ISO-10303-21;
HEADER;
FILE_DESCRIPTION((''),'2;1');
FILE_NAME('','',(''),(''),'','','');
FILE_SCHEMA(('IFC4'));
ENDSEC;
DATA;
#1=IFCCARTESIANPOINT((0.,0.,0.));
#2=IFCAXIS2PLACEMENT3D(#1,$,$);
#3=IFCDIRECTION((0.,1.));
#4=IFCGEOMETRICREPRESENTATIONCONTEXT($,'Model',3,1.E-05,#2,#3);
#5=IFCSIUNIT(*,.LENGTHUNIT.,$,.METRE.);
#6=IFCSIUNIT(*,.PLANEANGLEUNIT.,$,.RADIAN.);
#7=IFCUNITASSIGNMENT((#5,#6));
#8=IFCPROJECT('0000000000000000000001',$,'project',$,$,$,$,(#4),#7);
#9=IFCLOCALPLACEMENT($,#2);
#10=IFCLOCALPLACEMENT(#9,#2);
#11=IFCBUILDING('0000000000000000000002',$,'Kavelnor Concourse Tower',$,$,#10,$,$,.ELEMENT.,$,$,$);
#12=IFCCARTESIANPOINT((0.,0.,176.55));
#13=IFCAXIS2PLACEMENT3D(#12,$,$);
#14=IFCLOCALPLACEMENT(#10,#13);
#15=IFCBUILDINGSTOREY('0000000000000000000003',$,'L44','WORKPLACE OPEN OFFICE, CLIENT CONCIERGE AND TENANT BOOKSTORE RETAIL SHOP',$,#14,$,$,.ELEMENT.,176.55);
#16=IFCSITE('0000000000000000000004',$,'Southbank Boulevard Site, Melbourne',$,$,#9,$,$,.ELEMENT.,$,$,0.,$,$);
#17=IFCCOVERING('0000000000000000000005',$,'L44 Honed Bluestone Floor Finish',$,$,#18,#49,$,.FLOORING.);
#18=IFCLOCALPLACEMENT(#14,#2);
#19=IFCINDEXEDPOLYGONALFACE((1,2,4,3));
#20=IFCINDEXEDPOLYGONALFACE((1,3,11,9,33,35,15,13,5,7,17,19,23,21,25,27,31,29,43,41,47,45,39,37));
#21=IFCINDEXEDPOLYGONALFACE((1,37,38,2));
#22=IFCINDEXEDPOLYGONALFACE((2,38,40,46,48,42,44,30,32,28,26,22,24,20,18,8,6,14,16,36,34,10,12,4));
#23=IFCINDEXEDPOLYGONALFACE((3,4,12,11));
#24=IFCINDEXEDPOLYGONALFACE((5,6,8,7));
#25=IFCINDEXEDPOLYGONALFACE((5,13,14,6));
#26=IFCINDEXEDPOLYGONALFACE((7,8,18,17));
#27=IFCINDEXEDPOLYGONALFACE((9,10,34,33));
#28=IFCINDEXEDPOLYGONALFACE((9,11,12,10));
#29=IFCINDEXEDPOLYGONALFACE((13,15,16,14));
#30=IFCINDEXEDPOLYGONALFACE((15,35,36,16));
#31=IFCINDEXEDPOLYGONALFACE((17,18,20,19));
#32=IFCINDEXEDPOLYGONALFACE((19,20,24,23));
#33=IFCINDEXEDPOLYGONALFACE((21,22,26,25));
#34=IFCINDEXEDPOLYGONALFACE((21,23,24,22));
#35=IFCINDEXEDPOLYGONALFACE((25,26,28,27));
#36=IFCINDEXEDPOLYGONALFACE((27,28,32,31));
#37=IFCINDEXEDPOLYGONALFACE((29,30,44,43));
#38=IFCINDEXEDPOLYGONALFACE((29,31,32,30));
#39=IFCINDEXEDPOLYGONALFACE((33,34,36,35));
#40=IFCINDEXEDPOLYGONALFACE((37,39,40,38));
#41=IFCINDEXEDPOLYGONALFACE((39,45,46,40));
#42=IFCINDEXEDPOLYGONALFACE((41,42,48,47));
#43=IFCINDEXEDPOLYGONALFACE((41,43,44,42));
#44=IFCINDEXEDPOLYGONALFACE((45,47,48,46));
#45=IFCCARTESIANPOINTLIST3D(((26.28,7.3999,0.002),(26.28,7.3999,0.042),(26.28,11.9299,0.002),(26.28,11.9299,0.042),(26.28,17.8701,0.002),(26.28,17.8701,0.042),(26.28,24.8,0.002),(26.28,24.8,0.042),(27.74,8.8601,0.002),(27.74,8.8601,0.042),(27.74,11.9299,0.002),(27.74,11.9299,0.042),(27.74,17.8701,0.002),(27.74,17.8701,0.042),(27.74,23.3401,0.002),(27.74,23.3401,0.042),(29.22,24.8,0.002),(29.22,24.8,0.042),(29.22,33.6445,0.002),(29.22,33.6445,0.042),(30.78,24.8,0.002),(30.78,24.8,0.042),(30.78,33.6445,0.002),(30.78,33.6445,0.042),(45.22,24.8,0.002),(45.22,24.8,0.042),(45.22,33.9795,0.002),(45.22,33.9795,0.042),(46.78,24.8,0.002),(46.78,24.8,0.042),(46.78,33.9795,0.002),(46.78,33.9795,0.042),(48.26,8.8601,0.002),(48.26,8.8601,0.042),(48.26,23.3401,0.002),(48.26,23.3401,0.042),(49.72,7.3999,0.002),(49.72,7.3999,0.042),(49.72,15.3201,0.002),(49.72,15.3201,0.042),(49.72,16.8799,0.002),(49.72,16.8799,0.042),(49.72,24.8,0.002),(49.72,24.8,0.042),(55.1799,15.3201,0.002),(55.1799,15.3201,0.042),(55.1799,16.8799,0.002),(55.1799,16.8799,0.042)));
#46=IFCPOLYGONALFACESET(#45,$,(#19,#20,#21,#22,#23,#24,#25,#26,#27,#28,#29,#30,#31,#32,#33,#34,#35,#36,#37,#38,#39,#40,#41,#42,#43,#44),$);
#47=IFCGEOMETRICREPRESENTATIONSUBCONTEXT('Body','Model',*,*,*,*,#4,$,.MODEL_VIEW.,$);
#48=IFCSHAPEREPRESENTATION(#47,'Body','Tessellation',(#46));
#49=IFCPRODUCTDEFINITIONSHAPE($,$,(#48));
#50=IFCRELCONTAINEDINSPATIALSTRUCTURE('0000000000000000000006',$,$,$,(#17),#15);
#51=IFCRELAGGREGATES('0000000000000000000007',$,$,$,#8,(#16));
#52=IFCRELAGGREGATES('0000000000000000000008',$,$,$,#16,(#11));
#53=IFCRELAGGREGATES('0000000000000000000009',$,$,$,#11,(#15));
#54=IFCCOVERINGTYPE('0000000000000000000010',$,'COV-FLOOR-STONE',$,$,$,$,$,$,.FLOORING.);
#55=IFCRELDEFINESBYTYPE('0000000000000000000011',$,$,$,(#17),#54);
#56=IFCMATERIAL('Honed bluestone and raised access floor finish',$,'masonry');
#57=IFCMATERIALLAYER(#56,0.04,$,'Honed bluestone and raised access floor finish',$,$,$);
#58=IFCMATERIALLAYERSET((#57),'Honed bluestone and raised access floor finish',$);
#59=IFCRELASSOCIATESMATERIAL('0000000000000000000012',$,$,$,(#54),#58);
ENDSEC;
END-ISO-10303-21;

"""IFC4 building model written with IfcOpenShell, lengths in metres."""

from ifc_helpers import new_model, si_unit, direction, frame, origin, place, context, subcontext, project, spatial, polyline, outline, extrude, material, layer, layer_set, type_object, element, save


model = new_model("IFC4")

# Units and contexts
model_context = context("Model", 3, precision=1e-05, world=origin(), true_north=direction((0.0, 1.0)))
body_context = subcontext(model_context, "Body", "Model", "MODEL_VIEW")
ifc_project = project(units=[si_unit("LENGTHUNIT", "METRE"), si_unit("PLANEANGLEUNIT", "RADIAN")], contexts=[model_context])

# Site, building, storey
site_placement = place(None, origin())
site = spatial("IfcSite", under=ifc_project, at=site_placement, Name="Southbank Boulevard Site, Melbourne", CompositionType="ELEMENT", RefElevation=0.0)
building_placement = place(site_placement, origin())
building = spatial("IfcBuilding", under=site, at=building_placement, Name="Kavelnor Concourse Tower", CompositionType="ELEMENT")
storey_placement = place(building_placement, frame((0.0, 0.0, 176.55)))
storey = spatial("IfcBuildingStorey", under=building, at=storey_placement, Name="L44", Description="WORKPLACE OPEN OFFICE, CLIENT CONCIERGE AND TENANT BOOKSTORE RETAIL SHOP", CompositionType="ELEMENT", Elevation=176.55)

# Covering
ifc_material_1 = material(Name="Honed bluestone and raised access floor finish", Category="masonry")
ifc_layer_1 = layer(ifc_material_1, 0.04, Name="Honed bluestone and raised access floor finish")
ifc_layer_set_1 = layer_set([ifc_layer_1], Name="Honed bluestone and raised access floor finish")
covering_type_1 = type_object("IfcCoveringType", Name="COV-FLOOR-STONE", PredefinedType="FLOORING", material=ifc_layer_set_1)
covering_1_placement = place(storey_placement, frame((0.0, 0.0, 0.002)))
element("IfcCovering", 1, at=covering_1_placement, inside=storey, type_object=covering_type_1, Name="L44 Honed Bluestone Floor Finish", PredefinedType="FLOORING", context=body_context, shape_type="SweptSolid", body=[
    extrude(outline(polyline([(29.22, 24.8), (29.22, 33.6445), (30.78, 33.6445), (30.78, 24.8), (45.22, 24.8), (45.22, 33.9795), (46.78, 33.9795), (46.78, 24.8), (49.72, 24.8), (49.72, 16.8799), (55.1799, 16.8799), (55.1799, 15.3201), (49.72, 15.3201), (49.72, 7.3999), (26.28, 7.3999), (26.28, 11.9299), (27.74, 11.9299), (27.74, 8.8601), (48.26, 8.8601), (48.26, 23.3401), (27.74, 23.3401), (27.74, 17.8701), (26.28, 17.8701), (26.28, 24.8), (29.22, 24.8)])), origin(), (0.0, 0.0, 1.0), 0.04),
])

save(model, "model.ifc")
